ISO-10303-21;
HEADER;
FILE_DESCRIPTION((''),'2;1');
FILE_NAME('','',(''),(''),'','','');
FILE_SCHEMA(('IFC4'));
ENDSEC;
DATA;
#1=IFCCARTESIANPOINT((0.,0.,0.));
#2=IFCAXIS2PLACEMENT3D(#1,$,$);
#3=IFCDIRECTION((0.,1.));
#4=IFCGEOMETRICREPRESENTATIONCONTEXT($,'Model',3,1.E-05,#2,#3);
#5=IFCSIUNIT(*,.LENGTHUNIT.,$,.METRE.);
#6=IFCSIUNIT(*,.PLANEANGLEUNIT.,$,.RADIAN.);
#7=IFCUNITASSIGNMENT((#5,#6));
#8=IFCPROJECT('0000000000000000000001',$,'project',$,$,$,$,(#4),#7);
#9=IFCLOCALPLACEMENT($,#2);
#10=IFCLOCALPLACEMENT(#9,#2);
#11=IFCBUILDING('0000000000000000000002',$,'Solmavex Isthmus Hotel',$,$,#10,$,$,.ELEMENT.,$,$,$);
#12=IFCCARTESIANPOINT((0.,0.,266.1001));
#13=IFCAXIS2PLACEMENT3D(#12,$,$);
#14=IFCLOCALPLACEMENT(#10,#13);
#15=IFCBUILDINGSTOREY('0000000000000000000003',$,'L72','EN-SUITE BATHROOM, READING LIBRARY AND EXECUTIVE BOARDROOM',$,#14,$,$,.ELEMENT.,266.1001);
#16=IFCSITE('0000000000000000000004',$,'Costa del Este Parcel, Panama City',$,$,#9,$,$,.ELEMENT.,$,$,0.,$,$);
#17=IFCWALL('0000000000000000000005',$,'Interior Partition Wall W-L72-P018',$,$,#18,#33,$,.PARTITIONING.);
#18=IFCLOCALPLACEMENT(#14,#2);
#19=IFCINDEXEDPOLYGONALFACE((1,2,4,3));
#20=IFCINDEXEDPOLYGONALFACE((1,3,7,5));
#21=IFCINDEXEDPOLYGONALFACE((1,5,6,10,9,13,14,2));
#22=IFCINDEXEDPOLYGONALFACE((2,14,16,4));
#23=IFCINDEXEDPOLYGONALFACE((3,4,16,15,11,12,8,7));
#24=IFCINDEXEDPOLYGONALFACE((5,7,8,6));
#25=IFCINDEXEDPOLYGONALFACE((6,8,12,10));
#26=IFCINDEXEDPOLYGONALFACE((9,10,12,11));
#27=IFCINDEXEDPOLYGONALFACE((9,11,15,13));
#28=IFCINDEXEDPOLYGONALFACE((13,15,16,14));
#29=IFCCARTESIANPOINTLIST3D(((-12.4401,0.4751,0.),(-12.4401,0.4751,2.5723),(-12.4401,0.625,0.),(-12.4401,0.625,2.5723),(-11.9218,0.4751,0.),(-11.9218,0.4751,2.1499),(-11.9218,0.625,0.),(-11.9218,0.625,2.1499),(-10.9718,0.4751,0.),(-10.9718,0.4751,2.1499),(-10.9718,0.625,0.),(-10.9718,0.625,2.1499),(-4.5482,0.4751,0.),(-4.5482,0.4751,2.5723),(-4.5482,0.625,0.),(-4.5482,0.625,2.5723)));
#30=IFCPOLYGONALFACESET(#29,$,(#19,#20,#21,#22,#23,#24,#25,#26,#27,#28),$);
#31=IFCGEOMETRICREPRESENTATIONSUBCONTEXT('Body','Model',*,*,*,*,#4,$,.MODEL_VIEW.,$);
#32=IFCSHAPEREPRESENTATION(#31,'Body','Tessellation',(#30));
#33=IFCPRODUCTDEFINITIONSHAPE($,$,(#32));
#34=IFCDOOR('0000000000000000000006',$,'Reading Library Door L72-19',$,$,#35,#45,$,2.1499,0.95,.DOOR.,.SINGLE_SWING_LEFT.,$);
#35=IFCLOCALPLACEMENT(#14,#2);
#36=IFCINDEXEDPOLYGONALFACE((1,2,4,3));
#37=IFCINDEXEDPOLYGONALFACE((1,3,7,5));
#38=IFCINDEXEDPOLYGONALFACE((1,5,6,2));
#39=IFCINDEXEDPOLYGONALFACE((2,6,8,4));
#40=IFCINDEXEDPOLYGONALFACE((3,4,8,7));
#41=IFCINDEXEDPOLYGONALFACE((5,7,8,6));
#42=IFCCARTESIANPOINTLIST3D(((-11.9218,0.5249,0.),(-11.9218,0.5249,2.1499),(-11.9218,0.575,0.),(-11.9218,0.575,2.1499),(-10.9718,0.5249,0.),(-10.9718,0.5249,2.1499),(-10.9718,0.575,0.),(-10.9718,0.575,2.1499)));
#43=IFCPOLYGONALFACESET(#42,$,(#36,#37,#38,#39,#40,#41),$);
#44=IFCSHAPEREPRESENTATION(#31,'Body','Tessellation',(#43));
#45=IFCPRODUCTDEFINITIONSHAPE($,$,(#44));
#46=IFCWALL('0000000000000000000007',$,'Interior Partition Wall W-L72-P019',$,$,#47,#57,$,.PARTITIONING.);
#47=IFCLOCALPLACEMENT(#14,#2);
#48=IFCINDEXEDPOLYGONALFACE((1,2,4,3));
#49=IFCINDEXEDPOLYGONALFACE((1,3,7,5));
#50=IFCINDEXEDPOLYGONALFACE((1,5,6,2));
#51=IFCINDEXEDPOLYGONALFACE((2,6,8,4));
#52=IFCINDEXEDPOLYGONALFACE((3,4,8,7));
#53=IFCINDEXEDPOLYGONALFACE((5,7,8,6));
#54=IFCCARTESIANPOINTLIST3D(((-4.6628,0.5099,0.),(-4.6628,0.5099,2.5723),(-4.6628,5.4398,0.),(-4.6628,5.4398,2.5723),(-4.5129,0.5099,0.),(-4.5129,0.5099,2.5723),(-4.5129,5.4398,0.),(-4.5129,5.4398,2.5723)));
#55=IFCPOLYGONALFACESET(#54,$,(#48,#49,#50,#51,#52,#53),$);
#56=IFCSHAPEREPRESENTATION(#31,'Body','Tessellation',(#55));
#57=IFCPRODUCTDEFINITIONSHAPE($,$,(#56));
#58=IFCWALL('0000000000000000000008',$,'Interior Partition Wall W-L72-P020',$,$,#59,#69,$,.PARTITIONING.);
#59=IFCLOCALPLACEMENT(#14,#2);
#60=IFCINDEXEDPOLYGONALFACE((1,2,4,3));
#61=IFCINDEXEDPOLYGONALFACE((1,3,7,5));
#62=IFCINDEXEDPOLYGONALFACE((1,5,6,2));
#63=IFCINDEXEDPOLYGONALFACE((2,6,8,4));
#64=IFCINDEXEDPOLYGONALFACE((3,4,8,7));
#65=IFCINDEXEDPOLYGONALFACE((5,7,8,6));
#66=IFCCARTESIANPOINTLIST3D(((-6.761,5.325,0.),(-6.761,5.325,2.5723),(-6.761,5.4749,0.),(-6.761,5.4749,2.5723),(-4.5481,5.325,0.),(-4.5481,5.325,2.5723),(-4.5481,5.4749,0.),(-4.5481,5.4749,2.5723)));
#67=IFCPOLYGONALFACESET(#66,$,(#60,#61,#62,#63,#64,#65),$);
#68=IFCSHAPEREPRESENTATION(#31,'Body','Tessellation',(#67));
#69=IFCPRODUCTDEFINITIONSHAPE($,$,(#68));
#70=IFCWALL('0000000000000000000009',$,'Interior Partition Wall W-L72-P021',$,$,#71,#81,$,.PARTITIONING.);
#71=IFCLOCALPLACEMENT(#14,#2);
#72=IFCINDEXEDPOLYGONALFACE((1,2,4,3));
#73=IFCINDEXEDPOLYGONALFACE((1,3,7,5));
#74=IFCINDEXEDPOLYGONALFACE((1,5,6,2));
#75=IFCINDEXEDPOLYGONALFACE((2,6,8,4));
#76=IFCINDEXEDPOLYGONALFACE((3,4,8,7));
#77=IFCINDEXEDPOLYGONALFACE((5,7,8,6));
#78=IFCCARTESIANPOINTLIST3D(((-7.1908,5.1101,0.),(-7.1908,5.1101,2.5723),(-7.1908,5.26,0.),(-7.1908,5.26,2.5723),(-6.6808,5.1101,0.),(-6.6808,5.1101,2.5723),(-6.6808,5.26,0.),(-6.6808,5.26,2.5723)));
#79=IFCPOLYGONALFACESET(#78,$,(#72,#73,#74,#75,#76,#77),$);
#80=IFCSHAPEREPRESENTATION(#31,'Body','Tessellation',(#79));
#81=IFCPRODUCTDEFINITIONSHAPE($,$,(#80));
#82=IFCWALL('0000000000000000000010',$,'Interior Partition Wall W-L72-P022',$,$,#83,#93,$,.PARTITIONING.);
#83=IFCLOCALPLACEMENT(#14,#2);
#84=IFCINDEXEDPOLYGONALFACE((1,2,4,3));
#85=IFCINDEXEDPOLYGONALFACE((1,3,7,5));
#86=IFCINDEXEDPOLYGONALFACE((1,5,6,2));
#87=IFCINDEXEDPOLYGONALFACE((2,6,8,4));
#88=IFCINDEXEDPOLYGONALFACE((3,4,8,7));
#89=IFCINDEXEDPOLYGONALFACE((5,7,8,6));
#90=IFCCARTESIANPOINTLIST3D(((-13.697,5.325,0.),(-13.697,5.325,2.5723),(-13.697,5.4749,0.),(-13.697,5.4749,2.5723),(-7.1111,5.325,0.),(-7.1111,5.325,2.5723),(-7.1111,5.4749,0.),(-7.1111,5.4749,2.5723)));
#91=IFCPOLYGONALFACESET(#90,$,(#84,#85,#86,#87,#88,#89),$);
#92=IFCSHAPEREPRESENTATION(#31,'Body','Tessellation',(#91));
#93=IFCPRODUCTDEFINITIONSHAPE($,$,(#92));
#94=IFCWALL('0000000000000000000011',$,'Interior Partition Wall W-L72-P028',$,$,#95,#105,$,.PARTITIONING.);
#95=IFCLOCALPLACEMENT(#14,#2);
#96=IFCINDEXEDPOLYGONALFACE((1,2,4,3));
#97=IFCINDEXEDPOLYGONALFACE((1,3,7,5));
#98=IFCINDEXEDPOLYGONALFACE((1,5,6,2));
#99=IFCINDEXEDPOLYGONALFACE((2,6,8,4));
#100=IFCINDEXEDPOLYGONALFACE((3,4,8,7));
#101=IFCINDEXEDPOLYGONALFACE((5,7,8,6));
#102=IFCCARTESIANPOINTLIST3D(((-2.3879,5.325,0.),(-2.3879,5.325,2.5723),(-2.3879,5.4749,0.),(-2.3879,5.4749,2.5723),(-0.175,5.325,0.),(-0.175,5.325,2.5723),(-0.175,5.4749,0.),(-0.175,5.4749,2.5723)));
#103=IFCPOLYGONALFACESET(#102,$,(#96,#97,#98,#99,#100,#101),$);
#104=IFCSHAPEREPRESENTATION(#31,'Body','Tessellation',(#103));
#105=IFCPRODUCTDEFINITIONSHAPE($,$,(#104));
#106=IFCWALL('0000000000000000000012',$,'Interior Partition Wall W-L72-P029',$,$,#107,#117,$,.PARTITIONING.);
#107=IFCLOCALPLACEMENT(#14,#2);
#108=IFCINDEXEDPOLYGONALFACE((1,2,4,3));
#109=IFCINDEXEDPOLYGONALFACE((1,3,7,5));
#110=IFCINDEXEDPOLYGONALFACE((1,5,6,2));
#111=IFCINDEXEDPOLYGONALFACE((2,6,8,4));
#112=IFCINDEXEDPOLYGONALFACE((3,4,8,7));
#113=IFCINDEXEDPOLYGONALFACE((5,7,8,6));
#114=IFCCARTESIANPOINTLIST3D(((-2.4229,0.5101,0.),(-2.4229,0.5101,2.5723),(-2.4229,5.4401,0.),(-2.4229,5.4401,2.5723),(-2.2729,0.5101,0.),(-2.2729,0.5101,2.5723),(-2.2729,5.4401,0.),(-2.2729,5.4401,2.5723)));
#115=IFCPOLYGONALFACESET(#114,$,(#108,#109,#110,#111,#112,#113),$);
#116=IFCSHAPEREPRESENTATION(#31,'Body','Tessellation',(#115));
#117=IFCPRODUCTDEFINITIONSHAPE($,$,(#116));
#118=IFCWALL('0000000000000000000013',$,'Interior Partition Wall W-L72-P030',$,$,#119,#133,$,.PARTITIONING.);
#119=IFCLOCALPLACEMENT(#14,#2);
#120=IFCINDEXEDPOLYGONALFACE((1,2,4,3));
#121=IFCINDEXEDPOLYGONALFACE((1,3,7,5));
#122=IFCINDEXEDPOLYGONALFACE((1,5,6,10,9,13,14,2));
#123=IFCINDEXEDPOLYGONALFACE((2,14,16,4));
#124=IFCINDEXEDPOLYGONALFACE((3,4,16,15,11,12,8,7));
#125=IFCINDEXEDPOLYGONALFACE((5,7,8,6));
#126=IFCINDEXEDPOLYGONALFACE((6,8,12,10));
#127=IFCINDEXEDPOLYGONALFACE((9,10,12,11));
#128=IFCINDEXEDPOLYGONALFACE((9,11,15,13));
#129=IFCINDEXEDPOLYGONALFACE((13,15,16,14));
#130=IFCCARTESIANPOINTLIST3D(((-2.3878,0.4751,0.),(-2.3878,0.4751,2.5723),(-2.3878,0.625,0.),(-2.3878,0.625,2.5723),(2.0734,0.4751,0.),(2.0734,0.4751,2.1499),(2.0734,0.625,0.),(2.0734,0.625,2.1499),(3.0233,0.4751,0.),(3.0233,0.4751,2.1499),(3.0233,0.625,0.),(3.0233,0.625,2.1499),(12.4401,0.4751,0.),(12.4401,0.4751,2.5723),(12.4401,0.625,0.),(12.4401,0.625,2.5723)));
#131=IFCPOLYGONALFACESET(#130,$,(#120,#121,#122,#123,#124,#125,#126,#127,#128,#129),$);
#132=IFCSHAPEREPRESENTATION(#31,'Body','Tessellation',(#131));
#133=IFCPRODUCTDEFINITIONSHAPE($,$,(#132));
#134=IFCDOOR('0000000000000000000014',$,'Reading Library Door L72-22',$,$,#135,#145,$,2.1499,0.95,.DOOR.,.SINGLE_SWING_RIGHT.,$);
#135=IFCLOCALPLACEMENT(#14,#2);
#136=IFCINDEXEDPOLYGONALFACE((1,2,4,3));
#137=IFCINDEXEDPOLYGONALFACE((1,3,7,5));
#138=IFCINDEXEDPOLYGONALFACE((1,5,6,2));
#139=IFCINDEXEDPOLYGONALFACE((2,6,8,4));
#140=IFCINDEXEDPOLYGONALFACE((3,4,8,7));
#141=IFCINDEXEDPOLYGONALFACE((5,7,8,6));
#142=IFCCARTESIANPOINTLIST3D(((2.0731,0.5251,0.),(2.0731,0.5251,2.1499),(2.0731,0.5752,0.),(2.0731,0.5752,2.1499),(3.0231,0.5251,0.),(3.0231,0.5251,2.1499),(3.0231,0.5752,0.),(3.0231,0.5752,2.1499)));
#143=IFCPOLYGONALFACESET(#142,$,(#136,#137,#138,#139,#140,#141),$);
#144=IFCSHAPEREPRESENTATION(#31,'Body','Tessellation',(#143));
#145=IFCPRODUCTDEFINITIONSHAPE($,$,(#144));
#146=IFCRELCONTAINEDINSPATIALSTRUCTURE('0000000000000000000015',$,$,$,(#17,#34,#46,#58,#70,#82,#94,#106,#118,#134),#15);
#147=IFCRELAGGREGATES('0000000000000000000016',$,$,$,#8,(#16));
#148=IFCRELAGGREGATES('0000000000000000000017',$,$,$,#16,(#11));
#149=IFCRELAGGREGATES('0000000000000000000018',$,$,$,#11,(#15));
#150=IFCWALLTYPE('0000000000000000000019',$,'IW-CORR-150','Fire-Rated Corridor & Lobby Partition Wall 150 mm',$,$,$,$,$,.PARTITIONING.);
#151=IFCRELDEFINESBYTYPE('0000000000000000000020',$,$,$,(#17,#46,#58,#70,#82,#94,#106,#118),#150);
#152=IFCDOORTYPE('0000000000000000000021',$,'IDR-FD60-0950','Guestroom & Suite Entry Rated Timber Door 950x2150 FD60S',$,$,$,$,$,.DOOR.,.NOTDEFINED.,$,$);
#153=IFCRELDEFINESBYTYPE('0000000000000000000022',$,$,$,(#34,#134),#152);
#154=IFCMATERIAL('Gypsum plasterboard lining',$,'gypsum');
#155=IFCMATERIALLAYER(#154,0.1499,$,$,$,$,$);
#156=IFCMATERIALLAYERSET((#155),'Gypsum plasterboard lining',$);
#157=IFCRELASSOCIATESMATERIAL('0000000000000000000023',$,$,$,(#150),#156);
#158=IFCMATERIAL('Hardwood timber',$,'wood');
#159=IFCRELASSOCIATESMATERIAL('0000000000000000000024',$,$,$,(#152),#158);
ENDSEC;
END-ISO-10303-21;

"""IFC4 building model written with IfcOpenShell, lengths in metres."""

from ifc_helpers import new_model, si_unit, direction, frame, frame_2d, origin, place, context, subcontext, project, spatial, rectangle, extrude, material, layer, layer_set, type_object, element, fill, save


model = new_model("IFC4")

# Units and contexts
model_context = context("Model", 3, precision=1e-05, world=origin(), true_north=direction((0.0, 1.0)))
body_context = subcontext(model_context, "Body", "Model", "MODEL_VIEW")
ifc_project = project(units=[si_unit("LENGTHUNIT", "METRE"), si_unit("PLANEANGLEUNIT", "RADIAN")], contexts=[model_context])

# Site, building, storey
site_placement = place(None, origin())
site = spatial("IfcSite", under=ifc_project, at=site_placement, Name="Costa del Este Parcel, Panama City", CompositionType="ELEMENT", RefElevation=0.0)
building_placement = place(site_placement, origin())
building = spatial("IfcBuilding", under=site, at=building_placement, Name="Solmavex Isthmus Hotel", CompositionType="ELEMENT")
storey_placement = place(building_placement, frame((0.0, 0.0, 266.1001)))
storey = spatial("IfcBuildingStorey", under=building, at=storey_placement, Name="L72", Description="EN-SUITE BATHROOM, READING LIBRARY AND EXECUTIVE BOARDROOM", CompositionType="ELEMENT", Elevation=266.1001)

# Shared definitions
ifc_material_1 = material(Name="Gypsum plasterboard lining", Category="gypsum")
ifc_layer_1 = layer(ifc_material_1, 0.1499)
ifc_layer_set_1 = layer_set([ifc_layer_1], Name="Gypsum plasterboard lining")
wall_type_1 = type_object("IfcWallType", Name="IW-CORR-150", Description="Fire-Rated Corridor & Lobby Partition Wall 150 mm", PredefinedType="PARTITIONING", material=ifc_layer_set_1)

# Wall, opening, door
wall_1_placement = place(storey_placement, frame((-12.4399, 0.55, 0.0), z_axis=(0.0, 0.0, 1.0), x_axis=(1.0, 0.0, 0.0)))
wall_1 = element("IfcWall", 1, at=wall_1_placement, inside=storey, type_object=wall_type_1, Name="Interior Partition Wall W-L72-P018", PredefinedType="PARTITIONING", context=body_context, shape_type="SweptSolid", body=[
    extrude(rectangle(XDim=7.8918, YDim=0.1499, at=frame_2d((3.9458, 0.0))), origin(), (0.0, 0.0, 1.0), 2.5723),
])
opening_1_placement = place(wall_1_placement, frame((0.5181, 0.0, 0.0)))
opening_1 = element("IfcOpeningElement", 2, at=opening_1_placement, cuts=wall_1, PredefinedType="OPENING", context=body_context, shape_type="SweptSolid", body=[
    extrude(rectangle(XDim=0.95, YDim=2.1499, at=frame_2d((0.4751, 1.075))), frame((0.0, 0.085, 0.0), z_axis=(0.0, -1.0, 0.0), x_axis=(1.0, 0.0, 0.0)), (0.0, 0.0, 1.0), 0.1699),
])
ifc_material_2 = material(Name="Hardwood timber", Category="wood")
door_type = type_object("IfcDoorType", Name="IDR-FD60-0950", Description="Guestroom & Suite Entry Rated Timber Door 950x2150 FD60S", OperationType="NOTDEFINED", PredefinedType="DOOR", material=ifc_material_2)
door_1_placement = place(opening_1_placement, origin())
door_1 = element("IfcDoor", 3, at=door_1_placement, inside=storey, type_object=door_type, Name="Reading Library Door L72-19", OperationType="SINGLE_SWING_LEFT", OverallHeight=2.1499, OverallWidth=0.95, PredefinedType="DOOR", context=body_context, shape_type="SweptSolid", body=[
    extrude(rectangle(XDim=0.95, YDim=2.1499, at=frame_2d((0.4751, 1.075))), frame((0.0, 0.0249, 0.0), z_axis=(0.0, -1.0, 0.0), x_axis=(1.0, 0.0, 0.0)), (0.0, 0.0, 1.0), 0.05),
])
fill(opening_1, door_1)

# Walls
wall_2_placement = place(storey_placement, frame((-4.5879, 0.51, 0.0), z_axis=(0.0, 0.0, 1.0), x_axis=(0.0, 1.0, 0.0)))
element("IfcWall", 4, at=wall_2_placement, inside=storey, type_object=wall_type_1, Name="Interior Partition Wall W-L72-P019", PredefinedType="PARTITIONING", context=body_context, shape_type="SweptSolid", body=[
    extrude(rectangle(XDim=4.9299, YDim=0.1499, at=frame_2d((2.4648, 0.0))), origin(), (0.0, 0.0, 1.0), 2.5723),
])
wall_3_placement = place(storey_placement, frame((-4.5481, 5.3999, 0.0), z_axis=(0.0, 0.0, 1.0), x_axis=(-1.0, 0.0, 0.0)))
element("IfcWall", 5, at=wall_3_placement, inside=storey, type_object=wall_type_1, Name="Interior Partition Wall W-L72-P020", PredefinedType="PARTITIONING", context=body_context, shape_type="SweptSolid", body=[
    extrude(rectangle(XDim=2.2129, YDim=0.1499, at=frame_2d((1.1064, 0.0))), origin(), (0.0, 0.0, 1.0), 2.5723),
])
wall_4_placement = place(storey_placement, frame((-6.6809, 5.1851, 0.0), z_axis=(0.0, 0.0, 1.0), x_axis=(-1.0, 0.0, 0.0)))
element("IfcWall", 6, at=wall_4_placement, inside=storey, type_object=wall_type_1, Name="Interior Partition Wall W-L72-P021", PredefinedType="PARTITIONING", context=body_context, shape_type="SweptSolid", body=[
    extrude(rectangle(XDim=0.51, YDim=0.1499, at=frame_2d((0.2549, 0.0))), origin(), (0.0, 0.0, 1.0), 2.5723),
])
wall_5_placement = place(storey_placement, frame((-7.1111, 5.3999, 0.0), z_axis=(0.0, 0.0, 1.0), x_axis=(-1.0, 0.0, 0.0)))
element("IfcWall", 7, at=wall_5_placement, inside=storey, type_object=wall_type_1, Name="Interior Partition Wall W-L72-P022", PredefinedType="PARTITIONING", context=body_context, shape_type="SweptSolid", body=[
    extrude(rectangle(XDim=6.5859, YDim=0.1499, at=frame_2d((3.293, 0.0))), origin(), (0.0, 0.0, 1.0), 2.5723),
])
wall_6_placement = place(storey_placement, frame((-0.175, 5.3999, 0.0), z_axis=(0.0, 0.0, 1.0), x_axis=(-1.0, 0.0, 0.0)))
element("IfcWall", 8, at=wall_6_placement, inside=storey, type_object=wall_type_1, Name="Interior Partition Wall W-L72-P028", PredefinedType="PARTITIONING", context=body_context, shape_type="SweptSolid", body=[
    extrude(rectangle(XDim=2.2129, YDim=0.1499, at=frame_2d((1.1064, 0.0))), origin(), (0.0, 0.0, 1.0), 2.5723),
])
wall_7_placement = place(storey_placement, frame((-2.3479, 5.4399, 0.0), z_axis=(0.0, 0.0, 1.0), x_axis=(0.0, -1.0, 0.0)))
element("IfcWall", 9, at=wall_7_placement, inside=storey, type_object=wall_type_1, Name="Interior Partition Wall W-L72-P029", PredefinedType="PARTITIONING", context=body_context, shape_type="SweptSolid", body=[
    extrude(rectangle(XDim=4.9299, YDim=0.1499, at=frame_2d((2.4648, 0.0))), origin(), (0.0, 0.0, 1.0), 2.5723),
])

# Wall, opening, door
wall_8_placement = place(storey_placement, frame((-2.3879, 0.55, 0.0), z_axis=(0.0, 0.0, 1.0), x_axis=(1.0, 0.0, 0.0)))
wall_8 = element("IfcWall", 10, at=wall_8_placement, inside=storey, type_object=wall_type_1, Name="Interior Partition Wall W-L72-P030", PredefinedType="PARTITIONING", context=body_context, shape_type="SweptSolid", body=[
    extrude(rectangle(XDim=14.8279, YDim=0.1499, at=frame_2d((7.4141, 0.0))), origin(), (0.0, 0.0, 1.0), 2.5723),
])
opening_2_placement = place(wall_8_placement, frame((4.4612, 0.0, 0.0)))
opening_2 = element("IfcOpeningElement", 11, at=opening_2_placement, cuts=wall_8, PredefinedType="OPENING", context=body_context, shape_type="SweptSolid", body=[
    extrude(rectangle(XDim=0.95, YDim=2.1499, at=frame_2d((0.4751, 1.075))), frame((0.0, 0.085, 0.0), z_axis=(0.0, -1.0, 0.0), x_axis=(1.0, 0.0, 0.0)), (0.0, 0.0, 1.0), 0.1699),
])
door_2_placement = place(opening_2_placement, frame((0.95, 0.0, 0.0), z_axis=(0.0, 0.0, 1.0), x_axis=(-1.0, 0.0, 0.0)))
door_2 = element("IfcDoor", 12, at=door_2_placement, inside=storey, type_object=door_type, Name="Reading Library Door L72-22", OperationType="SINGLE_SWING_RIGHT", OverallHeight=2.1499, OverallWidth=0.95, PredefinedType="DOOR", context=body_context, shape_type="SweptSolid", body=[
    extrude(rectangle(XDim=0.95, YDim=2.1499, at=frame_2d((0.4751, 1.075))), frame((0.0, 0.0249, 0.0), z_axis=(0.0, -1.0, 0.0), x_axis=(1.0, 0.0, 0.0)), (0.0, 0.0, 1.0), 0.05),
])
fill(opening_2, door_2)

save(model, "model.ifc")
